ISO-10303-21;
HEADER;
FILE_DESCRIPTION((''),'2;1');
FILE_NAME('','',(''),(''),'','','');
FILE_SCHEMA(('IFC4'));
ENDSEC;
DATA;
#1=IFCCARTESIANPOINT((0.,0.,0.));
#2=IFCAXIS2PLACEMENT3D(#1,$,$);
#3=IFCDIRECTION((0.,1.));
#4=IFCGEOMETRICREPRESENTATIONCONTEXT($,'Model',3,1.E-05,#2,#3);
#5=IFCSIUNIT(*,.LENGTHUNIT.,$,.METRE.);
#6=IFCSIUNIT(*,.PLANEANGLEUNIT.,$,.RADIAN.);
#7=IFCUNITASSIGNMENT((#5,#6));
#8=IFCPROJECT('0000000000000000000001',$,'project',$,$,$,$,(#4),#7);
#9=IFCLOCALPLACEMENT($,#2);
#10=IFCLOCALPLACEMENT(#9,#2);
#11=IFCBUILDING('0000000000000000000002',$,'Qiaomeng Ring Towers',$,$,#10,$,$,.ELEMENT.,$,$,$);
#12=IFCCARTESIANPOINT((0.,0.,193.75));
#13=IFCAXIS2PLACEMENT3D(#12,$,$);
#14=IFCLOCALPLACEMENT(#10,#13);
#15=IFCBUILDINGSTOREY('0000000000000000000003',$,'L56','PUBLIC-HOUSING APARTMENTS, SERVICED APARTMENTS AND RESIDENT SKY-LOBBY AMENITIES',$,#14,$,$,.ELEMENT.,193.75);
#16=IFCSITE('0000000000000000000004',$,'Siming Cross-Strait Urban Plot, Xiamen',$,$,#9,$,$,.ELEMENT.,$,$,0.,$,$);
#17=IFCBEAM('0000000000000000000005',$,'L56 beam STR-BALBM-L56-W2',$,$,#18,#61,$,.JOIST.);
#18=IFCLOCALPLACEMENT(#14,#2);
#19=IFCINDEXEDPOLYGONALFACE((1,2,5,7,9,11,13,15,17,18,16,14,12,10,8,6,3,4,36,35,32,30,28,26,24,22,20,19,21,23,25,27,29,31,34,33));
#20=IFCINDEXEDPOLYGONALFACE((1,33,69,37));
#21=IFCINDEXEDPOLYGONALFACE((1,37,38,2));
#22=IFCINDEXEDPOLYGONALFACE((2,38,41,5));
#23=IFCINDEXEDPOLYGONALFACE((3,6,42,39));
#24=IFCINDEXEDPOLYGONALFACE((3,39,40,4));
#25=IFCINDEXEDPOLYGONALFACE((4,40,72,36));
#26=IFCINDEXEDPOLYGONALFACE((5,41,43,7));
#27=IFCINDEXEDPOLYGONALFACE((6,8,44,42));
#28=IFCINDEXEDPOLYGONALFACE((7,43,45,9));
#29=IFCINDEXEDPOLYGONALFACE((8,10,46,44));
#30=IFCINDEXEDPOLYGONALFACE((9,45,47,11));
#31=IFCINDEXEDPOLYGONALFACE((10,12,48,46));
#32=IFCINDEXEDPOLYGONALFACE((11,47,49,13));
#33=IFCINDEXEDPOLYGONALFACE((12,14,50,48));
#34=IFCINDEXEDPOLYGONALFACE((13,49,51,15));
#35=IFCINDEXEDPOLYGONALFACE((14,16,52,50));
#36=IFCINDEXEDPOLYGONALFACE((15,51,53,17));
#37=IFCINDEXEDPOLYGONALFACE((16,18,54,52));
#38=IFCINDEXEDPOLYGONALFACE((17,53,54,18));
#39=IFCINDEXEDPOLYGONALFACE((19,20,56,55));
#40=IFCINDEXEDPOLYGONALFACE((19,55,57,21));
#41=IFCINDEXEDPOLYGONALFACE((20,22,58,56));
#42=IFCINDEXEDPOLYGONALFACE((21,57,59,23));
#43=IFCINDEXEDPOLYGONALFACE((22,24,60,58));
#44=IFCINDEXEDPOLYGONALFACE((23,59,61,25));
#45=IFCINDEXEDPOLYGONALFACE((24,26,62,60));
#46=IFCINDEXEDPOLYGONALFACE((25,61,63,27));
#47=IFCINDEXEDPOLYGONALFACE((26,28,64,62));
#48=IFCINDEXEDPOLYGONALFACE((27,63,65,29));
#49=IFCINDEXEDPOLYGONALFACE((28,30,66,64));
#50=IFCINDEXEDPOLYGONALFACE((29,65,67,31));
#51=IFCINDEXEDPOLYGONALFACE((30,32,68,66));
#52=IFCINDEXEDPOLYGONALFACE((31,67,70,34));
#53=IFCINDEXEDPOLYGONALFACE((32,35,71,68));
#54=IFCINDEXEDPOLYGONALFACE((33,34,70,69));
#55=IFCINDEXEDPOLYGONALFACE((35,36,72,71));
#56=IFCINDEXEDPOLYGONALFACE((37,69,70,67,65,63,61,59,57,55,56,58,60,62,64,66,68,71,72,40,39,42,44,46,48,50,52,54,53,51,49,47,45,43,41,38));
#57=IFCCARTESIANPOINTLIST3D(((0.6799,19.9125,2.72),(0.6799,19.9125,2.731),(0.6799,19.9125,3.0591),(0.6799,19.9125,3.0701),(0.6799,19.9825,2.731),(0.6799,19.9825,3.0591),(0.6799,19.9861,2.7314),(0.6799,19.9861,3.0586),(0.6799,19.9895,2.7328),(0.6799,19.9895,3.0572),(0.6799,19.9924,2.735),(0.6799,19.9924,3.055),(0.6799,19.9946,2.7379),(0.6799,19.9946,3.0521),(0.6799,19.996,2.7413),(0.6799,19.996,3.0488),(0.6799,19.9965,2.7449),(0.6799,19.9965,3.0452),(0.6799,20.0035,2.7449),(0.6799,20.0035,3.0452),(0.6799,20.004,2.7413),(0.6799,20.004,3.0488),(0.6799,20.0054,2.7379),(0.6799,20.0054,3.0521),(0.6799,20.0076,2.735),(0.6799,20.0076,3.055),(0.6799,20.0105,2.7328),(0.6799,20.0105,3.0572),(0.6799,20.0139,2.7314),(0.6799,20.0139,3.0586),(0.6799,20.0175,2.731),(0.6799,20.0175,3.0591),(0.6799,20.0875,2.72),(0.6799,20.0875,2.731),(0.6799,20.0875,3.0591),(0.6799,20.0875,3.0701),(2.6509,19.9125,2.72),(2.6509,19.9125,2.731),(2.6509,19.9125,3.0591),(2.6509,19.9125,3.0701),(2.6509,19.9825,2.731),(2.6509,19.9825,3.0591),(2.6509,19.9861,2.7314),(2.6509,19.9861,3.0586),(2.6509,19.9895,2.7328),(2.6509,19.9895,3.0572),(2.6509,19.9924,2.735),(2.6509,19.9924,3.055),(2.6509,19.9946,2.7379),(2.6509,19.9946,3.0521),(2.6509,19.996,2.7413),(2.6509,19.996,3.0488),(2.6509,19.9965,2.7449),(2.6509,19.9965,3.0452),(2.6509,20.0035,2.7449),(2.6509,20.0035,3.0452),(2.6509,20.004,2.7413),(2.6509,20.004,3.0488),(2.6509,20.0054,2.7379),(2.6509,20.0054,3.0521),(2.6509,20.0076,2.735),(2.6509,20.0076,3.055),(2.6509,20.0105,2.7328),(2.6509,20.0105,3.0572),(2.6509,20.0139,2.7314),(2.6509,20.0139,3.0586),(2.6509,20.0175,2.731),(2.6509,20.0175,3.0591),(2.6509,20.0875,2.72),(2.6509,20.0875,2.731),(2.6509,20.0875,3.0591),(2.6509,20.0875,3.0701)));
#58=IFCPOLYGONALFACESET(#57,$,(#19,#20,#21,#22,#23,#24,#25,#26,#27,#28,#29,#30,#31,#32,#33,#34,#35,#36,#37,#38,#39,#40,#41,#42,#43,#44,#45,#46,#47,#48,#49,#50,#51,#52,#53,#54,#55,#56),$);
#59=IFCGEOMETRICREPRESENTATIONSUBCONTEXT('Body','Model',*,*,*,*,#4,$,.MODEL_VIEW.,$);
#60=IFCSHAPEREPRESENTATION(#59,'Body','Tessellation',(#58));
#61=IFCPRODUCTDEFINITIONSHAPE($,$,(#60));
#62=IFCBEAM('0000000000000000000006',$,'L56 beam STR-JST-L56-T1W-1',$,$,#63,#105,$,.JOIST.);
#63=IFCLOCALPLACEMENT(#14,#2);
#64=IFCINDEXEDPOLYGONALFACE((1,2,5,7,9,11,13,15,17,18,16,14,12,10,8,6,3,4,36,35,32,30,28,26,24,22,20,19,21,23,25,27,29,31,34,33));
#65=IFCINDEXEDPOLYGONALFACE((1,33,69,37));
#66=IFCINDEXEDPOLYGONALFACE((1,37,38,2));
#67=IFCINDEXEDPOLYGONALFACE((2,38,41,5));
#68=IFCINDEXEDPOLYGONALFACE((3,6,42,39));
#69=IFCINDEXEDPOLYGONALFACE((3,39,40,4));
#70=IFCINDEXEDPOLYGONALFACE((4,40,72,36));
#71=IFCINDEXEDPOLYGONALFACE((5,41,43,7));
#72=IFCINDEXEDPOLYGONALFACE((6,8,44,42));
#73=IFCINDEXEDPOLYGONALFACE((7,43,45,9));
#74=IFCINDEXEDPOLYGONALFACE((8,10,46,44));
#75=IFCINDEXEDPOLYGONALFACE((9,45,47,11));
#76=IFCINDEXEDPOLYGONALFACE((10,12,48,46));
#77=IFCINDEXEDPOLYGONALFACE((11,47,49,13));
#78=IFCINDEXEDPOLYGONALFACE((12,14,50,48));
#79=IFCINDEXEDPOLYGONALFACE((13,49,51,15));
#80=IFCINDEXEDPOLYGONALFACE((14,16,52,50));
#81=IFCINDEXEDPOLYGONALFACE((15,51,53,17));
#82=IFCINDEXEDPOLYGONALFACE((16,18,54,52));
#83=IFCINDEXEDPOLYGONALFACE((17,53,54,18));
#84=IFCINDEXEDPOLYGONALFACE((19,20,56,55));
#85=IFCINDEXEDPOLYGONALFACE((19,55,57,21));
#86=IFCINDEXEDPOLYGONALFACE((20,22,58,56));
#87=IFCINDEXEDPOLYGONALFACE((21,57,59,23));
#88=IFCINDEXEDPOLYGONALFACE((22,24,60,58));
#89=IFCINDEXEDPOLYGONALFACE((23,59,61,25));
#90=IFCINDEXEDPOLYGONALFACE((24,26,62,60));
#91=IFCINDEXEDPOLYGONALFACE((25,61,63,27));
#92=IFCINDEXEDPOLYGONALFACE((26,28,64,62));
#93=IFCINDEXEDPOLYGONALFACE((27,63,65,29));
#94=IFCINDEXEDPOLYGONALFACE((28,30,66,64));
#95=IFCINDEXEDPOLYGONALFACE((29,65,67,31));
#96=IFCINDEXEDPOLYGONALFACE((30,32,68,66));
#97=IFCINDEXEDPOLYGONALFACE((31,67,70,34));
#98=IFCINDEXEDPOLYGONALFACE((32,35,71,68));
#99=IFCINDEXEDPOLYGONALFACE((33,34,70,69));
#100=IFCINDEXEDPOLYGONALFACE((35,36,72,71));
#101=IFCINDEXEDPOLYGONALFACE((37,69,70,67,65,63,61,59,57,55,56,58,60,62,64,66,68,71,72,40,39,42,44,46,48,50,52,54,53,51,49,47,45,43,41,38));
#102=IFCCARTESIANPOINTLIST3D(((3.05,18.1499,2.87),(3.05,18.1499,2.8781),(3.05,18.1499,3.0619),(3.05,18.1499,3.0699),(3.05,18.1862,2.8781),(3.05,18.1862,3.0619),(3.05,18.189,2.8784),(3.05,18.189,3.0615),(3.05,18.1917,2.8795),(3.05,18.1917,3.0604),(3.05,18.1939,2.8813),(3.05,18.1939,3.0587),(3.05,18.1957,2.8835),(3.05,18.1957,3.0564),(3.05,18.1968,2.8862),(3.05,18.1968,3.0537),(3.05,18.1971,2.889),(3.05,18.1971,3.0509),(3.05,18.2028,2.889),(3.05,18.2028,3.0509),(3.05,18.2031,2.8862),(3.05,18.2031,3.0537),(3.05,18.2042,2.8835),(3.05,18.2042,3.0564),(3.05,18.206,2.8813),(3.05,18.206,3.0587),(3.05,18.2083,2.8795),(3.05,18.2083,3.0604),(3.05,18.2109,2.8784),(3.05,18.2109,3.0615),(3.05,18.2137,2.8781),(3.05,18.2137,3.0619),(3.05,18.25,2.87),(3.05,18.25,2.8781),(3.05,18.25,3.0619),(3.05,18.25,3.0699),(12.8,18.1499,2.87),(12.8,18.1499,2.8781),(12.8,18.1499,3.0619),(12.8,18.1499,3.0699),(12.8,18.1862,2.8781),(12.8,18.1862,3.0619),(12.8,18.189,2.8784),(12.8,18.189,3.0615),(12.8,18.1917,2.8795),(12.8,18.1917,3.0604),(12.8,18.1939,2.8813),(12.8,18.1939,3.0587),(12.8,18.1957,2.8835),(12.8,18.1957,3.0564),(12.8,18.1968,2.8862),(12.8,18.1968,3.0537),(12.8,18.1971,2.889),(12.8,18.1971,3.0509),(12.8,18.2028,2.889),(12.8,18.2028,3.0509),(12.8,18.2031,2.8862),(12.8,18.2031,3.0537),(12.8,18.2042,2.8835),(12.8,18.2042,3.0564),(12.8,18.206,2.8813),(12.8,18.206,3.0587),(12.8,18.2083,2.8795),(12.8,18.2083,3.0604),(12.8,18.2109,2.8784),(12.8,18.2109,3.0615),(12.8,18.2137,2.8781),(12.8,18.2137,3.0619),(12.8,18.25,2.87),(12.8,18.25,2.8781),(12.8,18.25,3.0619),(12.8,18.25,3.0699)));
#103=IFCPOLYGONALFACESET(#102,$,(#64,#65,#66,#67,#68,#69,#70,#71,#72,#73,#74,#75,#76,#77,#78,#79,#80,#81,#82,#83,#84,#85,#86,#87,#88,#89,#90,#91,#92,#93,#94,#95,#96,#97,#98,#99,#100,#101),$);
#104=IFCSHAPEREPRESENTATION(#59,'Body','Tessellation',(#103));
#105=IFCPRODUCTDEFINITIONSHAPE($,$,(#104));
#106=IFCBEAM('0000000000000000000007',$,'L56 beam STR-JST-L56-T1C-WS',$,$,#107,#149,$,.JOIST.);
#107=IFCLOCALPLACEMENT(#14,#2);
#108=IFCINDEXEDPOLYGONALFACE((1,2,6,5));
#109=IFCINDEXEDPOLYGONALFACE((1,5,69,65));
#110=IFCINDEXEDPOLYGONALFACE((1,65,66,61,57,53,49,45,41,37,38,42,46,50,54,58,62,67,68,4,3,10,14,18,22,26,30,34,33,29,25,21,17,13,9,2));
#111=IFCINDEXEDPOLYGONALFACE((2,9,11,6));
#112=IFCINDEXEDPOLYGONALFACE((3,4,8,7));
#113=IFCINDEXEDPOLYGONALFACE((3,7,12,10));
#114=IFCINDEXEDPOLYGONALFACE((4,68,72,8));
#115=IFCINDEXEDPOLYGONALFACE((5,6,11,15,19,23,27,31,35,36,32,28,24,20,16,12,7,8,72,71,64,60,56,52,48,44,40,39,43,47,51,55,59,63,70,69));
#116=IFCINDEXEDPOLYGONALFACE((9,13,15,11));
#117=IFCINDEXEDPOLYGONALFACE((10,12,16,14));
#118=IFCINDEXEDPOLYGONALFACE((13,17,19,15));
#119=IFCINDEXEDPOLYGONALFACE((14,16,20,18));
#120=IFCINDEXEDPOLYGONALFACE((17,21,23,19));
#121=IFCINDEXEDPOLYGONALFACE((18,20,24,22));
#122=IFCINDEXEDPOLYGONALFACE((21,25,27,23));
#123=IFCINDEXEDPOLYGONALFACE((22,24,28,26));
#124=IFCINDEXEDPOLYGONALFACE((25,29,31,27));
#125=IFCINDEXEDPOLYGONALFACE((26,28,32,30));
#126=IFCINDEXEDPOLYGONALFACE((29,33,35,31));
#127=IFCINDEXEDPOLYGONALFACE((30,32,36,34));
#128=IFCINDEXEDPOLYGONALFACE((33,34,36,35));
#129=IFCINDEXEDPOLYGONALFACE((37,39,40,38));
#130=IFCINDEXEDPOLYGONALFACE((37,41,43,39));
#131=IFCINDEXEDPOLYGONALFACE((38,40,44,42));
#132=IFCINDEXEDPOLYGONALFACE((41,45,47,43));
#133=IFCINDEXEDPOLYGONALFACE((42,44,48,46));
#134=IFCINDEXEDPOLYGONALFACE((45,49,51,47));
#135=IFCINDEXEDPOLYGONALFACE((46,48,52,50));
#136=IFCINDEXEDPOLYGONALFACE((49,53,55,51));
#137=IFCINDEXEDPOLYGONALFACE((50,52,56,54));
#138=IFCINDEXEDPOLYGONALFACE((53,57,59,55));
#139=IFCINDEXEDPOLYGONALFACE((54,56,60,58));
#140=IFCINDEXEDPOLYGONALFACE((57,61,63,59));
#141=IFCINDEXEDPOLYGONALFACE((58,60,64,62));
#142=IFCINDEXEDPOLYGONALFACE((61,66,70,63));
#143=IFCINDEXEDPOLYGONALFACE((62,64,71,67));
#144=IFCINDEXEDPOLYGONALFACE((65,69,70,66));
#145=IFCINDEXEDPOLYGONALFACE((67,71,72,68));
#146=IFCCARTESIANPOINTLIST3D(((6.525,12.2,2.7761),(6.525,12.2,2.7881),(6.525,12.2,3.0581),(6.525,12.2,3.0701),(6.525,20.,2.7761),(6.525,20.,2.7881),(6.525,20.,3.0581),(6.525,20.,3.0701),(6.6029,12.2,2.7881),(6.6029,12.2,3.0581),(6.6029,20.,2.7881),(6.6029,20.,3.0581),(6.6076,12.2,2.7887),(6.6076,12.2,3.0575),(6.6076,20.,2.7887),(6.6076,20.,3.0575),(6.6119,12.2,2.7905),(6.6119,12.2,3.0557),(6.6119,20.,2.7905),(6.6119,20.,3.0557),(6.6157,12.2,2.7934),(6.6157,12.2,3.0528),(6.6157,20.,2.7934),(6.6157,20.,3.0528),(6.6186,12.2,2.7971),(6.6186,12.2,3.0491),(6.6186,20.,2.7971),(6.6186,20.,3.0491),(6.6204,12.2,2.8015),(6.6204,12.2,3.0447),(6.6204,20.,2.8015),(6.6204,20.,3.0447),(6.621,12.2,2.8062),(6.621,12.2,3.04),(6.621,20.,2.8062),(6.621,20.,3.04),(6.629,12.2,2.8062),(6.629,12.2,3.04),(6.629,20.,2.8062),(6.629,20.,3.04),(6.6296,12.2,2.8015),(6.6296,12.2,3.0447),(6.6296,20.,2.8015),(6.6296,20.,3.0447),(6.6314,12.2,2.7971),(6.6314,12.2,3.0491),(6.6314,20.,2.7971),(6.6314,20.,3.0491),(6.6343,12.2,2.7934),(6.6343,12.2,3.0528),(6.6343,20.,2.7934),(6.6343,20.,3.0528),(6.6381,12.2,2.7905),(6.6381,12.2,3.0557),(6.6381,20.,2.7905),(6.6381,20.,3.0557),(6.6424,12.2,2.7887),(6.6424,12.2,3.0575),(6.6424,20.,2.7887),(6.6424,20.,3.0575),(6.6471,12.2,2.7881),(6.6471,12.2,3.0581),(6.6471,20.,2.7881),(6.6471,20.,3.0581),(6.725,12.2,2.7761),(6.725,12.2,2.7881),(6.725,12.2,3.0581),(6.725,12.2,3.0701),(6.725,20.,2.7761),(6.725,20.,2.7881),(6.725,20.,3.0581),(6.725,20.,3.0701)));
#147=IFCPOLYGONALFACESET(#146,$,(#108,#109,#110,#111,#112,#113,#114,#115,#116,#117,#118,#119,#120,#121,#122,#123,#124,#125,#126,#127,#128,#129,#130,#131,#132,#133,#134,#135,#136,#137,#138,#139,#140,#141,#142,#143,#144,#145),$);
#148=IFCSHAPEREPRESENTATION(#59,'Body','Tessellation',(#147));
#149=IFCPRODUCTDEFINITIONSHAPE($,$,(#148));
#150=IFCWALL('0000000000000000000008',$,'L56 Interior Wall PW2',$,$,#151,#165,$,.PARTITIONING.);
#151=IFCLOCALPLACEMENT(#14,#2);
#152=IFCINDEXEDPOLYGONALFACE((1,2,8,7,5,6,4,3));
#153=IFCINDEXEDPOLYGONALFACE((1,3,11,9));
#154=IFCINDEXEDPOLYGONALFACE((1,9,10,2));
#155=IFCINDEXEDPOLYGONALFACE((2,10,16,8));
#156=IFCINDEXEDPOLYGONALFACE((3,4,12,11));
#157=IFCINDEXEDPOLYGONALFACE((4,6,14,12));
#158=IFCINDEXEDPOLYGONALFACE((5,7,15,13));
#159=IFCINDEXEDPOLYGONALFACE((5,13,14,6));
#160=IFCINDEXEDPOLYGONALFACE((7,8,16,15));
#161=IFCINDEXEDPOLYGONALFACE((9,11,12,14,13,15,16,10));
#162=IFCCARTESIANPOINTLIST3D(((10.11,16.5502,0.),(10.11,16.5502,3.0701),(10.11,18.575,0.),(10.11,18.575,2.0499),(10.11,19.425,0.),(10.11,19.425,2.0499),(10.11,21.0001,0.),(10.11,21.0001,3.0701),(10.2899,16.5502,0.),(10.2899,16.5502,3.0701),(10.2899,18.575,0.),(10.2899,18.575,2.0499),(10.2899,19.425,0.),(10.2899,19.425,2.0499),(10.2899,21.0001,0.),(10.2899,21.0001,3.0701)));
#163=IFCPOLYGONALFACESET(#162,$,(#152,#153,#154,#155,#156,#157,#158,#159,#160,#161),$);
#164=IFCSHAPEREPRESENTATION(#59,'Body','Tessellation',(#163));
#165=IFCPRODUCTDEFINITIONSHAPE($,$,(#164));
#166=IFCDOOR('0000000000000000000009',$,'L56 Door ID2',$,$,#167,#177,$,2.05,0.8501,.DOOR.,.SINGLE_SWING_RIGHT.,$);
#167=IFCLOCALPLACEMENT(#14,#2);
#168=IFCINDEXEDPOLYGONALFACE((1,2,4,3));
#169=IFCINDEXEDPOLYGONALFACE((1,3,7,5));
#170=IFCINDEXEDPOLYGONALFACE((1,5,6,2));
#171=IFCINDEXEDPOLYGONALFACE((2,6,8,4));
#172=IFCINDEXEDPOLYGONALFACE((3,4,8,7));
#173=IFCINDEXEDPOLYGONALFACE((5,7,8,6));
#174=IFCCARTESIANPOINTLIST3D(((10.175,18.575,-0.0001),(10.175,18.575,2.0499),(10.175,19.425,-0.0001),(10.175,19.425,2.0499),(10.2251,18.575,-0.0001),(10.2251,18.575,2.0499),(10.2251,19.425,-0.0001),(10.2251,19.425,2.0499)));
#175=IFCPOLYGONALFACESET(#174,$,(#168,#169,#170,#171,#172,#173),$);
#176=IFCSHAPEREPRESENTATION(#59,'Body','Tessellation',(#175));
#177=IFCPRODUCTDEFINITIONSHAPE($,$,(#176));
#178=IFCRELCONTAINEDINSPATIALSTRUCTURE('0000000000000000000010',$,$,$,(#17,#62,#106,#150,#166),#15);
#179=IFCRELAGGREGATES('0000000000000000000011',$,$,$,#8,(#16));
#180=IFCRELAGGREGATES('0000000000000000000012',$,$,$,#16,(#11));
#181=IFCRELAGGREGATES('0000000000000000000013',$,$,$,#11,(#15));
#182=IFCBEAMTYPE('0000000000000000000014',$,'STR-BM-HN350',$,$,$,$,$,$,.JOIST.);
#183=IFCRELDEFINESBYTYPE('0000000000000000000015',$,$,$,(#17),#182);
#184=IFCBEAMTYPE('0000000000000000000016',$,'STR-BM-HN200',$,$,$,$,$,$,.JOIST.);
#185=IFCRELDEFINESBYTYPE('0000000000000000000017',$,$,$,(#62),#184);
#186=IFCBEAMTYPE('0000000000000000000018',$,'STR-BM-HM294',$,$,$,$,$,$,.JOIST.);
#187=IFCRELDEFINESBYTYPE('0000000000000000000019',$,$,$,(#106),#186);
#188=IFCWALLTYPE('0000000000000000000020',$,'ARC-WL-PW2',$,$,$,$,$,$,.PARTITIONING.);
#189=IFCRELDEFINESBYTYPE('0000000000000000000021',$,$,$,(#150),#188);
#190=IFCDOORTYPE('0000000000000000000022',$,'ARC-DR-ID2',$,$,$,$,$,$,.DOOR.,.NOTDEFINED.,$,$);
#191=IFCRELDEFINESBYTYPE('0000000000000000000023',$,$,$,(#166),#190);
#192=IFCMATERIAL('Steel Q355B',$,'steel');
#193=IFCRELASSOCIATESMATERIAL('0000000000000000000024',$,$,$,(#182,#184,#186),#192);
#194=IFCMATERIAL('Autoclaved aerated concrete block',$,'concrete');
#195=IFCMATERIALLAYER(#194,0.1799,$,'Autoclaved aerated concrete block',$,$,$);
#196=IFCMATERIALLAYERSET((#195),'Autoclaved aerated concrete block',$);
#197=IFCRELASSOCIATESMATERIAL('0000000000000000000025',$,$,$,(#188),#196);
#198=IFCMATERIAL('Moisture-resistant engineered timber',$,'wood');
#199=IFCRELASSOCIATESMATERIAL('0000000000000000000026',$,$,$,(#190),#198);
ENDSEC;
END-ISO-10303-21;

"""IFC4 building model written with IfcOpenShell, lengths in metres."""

from ifc_helpers import new_model, si_unit, direction, frame, frame_2d, origin, origin_2d, place, context, subcontext, project, spatial, rectangle, i_section, extrude, source, transform, mapped, material, layer, layer_set, material_profile, profile_set, type_object, element, fill, save


model = new_model("IFC4")

# Units and contexts
model_context = context("Model", 3, precision=1e-05, world=origin(), true_north=direction((0.0, 1.0)))
body_context = subcontext(model_context, "Body", "Model", "MODEL_VIEW")
ifc_project = project(units=[si_unit("LENGTHUNIT", "METRE"), si_unit("PLANEANGLEUNIT", "RADIAN")], contexts=[model_context])

# Site, building, storey
site_placement = place(None, origin())
site = spatial("IfcSite", under=ifc_project, at=site_placement, Name="Siming Cross-Strait Urban Plot, Xiamen", CompositionType="ELEMENT", RefElevation=0.0)
building_placement = place(site_placement, origin())
building = spatial("IfcBuilding", under=site, at=building_placement, Name="Qiaomeng Ring Towers", CompositionType="ELEMENT")
storey_placement = place(building_placement, frame((0.0, 0.0, 193.75)))
storey = spatial("IfcBuildingStorey", under=building, at=storey_placement, Name="L56", Description="PUBLIC-HOUSING APARTMENTS, SERVICED APARTMENTS AND RESIDENT SKY-LOBBY AMENITIES", CompositionType="ELEMENT", Elevation=193.75)

# Beams
ifc_material_1 = material(Name="Steel Q355B", Category="steel")
ifc_material_profile_1 = material_profile(ifc_material_1, i_section(OverallWidth=0.175, OverallDepth=0.3501, WebThickness=0.0071, FlangeThickness=0.011, FilletRadius=0.0139, at=origin_2d()), Name="HN 350x175x7x11")
ifc_profile_set_1 = profile_set([ifc_material_profile_1], Name="Steel Q355B")
beam_type_1 = type_object("IfcBeamType", Name="STR-BM-HN350", PredefinedType="JOIST", material=ifc_profile_set_1)
shared_shape_1 = source(origin(), body_context, "Body", "SweptSolid", [
    extrude(i_section(OverallWidth=0.175, OverallDepth=0.3501, WebThickness=0.0071, FlangeThickness=0.011, FilletRadius=0.0139, at=origin_2d()), origin(), (0.0, 0.0, 1.0), 1.9709),
])
beam_1_placement = place(storey_placement, frame((0.6799, 20.0, 2.895), z_axis=(1.0, 0.0, 0.0), x_axis=(0.0, 1.0, 0.0)))
element("IfcBeam", 1, at=beam_1_placement, inside=storey, type_object=beam_type_1, Name="L56 beam STR-BALBM-L56-W2", PredefinedType="JOIST", context=body_context, shape_type="MappedRepresentation", body=[
    mapped(shared_shape_1, transform((0.0, 0.0, 0.0), x_axis=(1.0, 0.0, 0.0), y_axis=(0.0, 1.0, 0.0), z_axis=(0.0, 0.0, 1.0), scale=1.0)),
])
ifc_material_profile_2 = material_profile(ifc_material_1, i_section(OverallWidth=0.1001, OverallDepth=0.2, WebThickness=0.0056, FlangeThickness=0.0081, FilletRadius=0.011, at=origin_2d()), Name="HN 200x100x5.5x8")
ifc_profile_set_2 = profile_set([ifc_material_profile_2], Name="Steel Q355B")
beam_type_2 = type_object("IfcBeamType", Name="STR-BM-HN200", PredefinedType="JOIST", material=ifc_profile_set_2)
shared_shape_2 = source(origin(), body_context, "Body", "SweptSolid", [
    extrude(i_section(OverallWidth=0.1001, OverallDepth=0.2, WebThickness=0.0056, FlangeThickness=0.0081, FilletRadius=0.011, at=origin_2d()), origin(), (0.0, 0.0, 1.0), 9.75),
])
beam_2_placement = place(storey_placement, frame((3.05, 18.2, 2.97), z_axis=(1.0, 0.0, 0.0), x_axis=(0.0, 1.0, 0.0)))
element("IfcBeam", 2, at=beam_2_placement, inside=storey, type_object=beam_type_2, Name="L56 beam STR-JST-L56-T1W-1", PredefinedType="JOIST", context=body_context, shape_type="MappedRepresentation", body=[
    mapped(shared_shape_2, transform((0.0, 0.0, 0.0), x_axis=(1.0, 0.0, 0.0), y_axis=(0.0, 1.0, 0.0), z_axis=(0.0, 0.0, 1.0), scale=1.0)),
])
ifc_material_profile_3 = material_profile(ifc_material_1, i_section(OverallWidth=0.2, OverallDepth=0.2939, WebThickness=0.0081, FlangeThickness=0.012, FilletRadius=0.0181, at=origin_2d()), Name="HM 294x200x8x12")
ifc_profile_set_3 = profile_set([ifc_material_profile_3], Name="Steel Q355B")
beam_type_3 = type_object("IfcBeamType", Name="STR-BM-HM294", PredefinedType="JOIST", material=ifc_profile_set_3)
shared_shape_3 = source(origin(), body_context, "Body", "SweptSolid", [
    extrude(i_section(OverallWidth=0.2, OverallDepth=0.2939, WebThickness=0.0081, FlangeThickness=0.012, FilletRadius=0.0181, at=origin_2d()), origin(), (0.0, 0.0, 1.0), 7.8),
])
beam_3_placement = place(storey_placement, frame((6.625, 12.2, 2.9231), z_axis=(0.0, 1.0, 0.0), x_axis=(-1.0, 0.0, 0.0)))
element("IfcBeam", 3, at=beam_3_placement, inside=storey, type_object=beam_type_3, Name="L56 beam STR-JST-L56-T1C-WS", PredefinedType="JOIST", context=body_context, shape_type="MappedRepresentation", body=[
    mapped(shared_shape_3, transform((0.0, 0.0, 0.0), x_axis=(1.0, 0.0, 0.0), y_axis=(0.0, 1.0, 0.0), z_axis=(0.0, 0.0, 1.0), scale=1.0)),
])

# Wall, opening, door
ifc_material_2 = material(Name="Autoclaved aerated concrete block", Category="concrete")
ifc_layer_1 = layer(ifc_material_2, 0.1799, Name="Autoclaved aerated concrete block")
ifc_layer_set_1 = layer_set([ifc_layer_1], Name="Autoclaved aerated concrete block")
wall_type_1 = type_object("IfcWallType", Name="ARC-WL-PW2", PredefinedType="PARTITIONING", material=ifc_layer_set_1)
wall_1_placement = place(storey_placement, frame((10.2, 16.55, 0.0), z_axis=(0.0, 0.0, 1.0), x_axis=(0.0, 1.0, 0.0)))
wall_1 = element("IfcWall", 4, at=wall_1_placement, inside=storey, type_object=wall_type_1, Name="L56 Interior Wall PW2", PredefinedType="PARTITIONING", context=body_context, shape_type="SweptSolid", body=[
    extrude(rectangle(XDim=4.45, YDim=0.1799, at=frame_2d((2.2251, 0.0))), origin(), (0.0, 0.0, 1.0), 3.0701),
])
opening_1_placement = place(wall_1_placement, frame((2.0249, 0.0, 0.0)))
opening_1 = element("IfcOpeningElement", 5, at=opening_1_placement, cuts=wall_1, PredefinedType="OPENING", context=body_context, shape_type="SweptSolid", body=[
    extrude(rectangle(XDim=0.8501, YDim=2.05, at=frame_2d((0.425, 1.0249))), frame((0.0, 0.0999, 0.0), z_axis=(0.0, -1.0, 0.0), x_axis=(1.0, 0.0, 0.0)), (0.0, 0.0, 1.0), 0.2),
])
ifc_material_3 = material(Name="Moisture-resistant engineered timber", Category="wood")
door_type_1 = type_object("IfcDoorType", Name="ARC-DR-ID2", OperationType="NOTDEFINED", PredefinedType="DOOR", material=ifc_material_3)
shared_shape_4 = source(origin(), body_context, "Body", "SweptSolid", [
    extrude(rectangle(XDim=0.8501, YDim=2.05, at=frame_2d((0.425, 1.0249))), frame((0.0, 0.0249, 0.0), z_axis=(0.0, -1.0, 0.0), x_axis=(1.0, 0.0, 0.0)), (0.0, 0.0, 1.0), 0.05),
])
door_1_placement = place(opening_1_placement, origin())
door_1 = element("IfcDoor", 6, at=door_1_placement, inside=storey, type_object=door_type_1, Name="L56 Door ID2", OperationType="SINGLE_SWING_RIGHT", OverallHeight=2.05, OverallWidth=0.8501, PredefinedType="DOOR", context=body_context, shape_type="MappedRepresentation", body=[
    mapped(shared_shape_4, transform((0.0, 0.0, 0.0), x_axis=(1.0, 0.0, 0.0), y_axis=(0.0, 1.0, 0.0), z_axis=(0.0, 0.0, 1.0), scale=1.0)),
])
fill(opening_1, door_1)

save(model, "model.ifc")
